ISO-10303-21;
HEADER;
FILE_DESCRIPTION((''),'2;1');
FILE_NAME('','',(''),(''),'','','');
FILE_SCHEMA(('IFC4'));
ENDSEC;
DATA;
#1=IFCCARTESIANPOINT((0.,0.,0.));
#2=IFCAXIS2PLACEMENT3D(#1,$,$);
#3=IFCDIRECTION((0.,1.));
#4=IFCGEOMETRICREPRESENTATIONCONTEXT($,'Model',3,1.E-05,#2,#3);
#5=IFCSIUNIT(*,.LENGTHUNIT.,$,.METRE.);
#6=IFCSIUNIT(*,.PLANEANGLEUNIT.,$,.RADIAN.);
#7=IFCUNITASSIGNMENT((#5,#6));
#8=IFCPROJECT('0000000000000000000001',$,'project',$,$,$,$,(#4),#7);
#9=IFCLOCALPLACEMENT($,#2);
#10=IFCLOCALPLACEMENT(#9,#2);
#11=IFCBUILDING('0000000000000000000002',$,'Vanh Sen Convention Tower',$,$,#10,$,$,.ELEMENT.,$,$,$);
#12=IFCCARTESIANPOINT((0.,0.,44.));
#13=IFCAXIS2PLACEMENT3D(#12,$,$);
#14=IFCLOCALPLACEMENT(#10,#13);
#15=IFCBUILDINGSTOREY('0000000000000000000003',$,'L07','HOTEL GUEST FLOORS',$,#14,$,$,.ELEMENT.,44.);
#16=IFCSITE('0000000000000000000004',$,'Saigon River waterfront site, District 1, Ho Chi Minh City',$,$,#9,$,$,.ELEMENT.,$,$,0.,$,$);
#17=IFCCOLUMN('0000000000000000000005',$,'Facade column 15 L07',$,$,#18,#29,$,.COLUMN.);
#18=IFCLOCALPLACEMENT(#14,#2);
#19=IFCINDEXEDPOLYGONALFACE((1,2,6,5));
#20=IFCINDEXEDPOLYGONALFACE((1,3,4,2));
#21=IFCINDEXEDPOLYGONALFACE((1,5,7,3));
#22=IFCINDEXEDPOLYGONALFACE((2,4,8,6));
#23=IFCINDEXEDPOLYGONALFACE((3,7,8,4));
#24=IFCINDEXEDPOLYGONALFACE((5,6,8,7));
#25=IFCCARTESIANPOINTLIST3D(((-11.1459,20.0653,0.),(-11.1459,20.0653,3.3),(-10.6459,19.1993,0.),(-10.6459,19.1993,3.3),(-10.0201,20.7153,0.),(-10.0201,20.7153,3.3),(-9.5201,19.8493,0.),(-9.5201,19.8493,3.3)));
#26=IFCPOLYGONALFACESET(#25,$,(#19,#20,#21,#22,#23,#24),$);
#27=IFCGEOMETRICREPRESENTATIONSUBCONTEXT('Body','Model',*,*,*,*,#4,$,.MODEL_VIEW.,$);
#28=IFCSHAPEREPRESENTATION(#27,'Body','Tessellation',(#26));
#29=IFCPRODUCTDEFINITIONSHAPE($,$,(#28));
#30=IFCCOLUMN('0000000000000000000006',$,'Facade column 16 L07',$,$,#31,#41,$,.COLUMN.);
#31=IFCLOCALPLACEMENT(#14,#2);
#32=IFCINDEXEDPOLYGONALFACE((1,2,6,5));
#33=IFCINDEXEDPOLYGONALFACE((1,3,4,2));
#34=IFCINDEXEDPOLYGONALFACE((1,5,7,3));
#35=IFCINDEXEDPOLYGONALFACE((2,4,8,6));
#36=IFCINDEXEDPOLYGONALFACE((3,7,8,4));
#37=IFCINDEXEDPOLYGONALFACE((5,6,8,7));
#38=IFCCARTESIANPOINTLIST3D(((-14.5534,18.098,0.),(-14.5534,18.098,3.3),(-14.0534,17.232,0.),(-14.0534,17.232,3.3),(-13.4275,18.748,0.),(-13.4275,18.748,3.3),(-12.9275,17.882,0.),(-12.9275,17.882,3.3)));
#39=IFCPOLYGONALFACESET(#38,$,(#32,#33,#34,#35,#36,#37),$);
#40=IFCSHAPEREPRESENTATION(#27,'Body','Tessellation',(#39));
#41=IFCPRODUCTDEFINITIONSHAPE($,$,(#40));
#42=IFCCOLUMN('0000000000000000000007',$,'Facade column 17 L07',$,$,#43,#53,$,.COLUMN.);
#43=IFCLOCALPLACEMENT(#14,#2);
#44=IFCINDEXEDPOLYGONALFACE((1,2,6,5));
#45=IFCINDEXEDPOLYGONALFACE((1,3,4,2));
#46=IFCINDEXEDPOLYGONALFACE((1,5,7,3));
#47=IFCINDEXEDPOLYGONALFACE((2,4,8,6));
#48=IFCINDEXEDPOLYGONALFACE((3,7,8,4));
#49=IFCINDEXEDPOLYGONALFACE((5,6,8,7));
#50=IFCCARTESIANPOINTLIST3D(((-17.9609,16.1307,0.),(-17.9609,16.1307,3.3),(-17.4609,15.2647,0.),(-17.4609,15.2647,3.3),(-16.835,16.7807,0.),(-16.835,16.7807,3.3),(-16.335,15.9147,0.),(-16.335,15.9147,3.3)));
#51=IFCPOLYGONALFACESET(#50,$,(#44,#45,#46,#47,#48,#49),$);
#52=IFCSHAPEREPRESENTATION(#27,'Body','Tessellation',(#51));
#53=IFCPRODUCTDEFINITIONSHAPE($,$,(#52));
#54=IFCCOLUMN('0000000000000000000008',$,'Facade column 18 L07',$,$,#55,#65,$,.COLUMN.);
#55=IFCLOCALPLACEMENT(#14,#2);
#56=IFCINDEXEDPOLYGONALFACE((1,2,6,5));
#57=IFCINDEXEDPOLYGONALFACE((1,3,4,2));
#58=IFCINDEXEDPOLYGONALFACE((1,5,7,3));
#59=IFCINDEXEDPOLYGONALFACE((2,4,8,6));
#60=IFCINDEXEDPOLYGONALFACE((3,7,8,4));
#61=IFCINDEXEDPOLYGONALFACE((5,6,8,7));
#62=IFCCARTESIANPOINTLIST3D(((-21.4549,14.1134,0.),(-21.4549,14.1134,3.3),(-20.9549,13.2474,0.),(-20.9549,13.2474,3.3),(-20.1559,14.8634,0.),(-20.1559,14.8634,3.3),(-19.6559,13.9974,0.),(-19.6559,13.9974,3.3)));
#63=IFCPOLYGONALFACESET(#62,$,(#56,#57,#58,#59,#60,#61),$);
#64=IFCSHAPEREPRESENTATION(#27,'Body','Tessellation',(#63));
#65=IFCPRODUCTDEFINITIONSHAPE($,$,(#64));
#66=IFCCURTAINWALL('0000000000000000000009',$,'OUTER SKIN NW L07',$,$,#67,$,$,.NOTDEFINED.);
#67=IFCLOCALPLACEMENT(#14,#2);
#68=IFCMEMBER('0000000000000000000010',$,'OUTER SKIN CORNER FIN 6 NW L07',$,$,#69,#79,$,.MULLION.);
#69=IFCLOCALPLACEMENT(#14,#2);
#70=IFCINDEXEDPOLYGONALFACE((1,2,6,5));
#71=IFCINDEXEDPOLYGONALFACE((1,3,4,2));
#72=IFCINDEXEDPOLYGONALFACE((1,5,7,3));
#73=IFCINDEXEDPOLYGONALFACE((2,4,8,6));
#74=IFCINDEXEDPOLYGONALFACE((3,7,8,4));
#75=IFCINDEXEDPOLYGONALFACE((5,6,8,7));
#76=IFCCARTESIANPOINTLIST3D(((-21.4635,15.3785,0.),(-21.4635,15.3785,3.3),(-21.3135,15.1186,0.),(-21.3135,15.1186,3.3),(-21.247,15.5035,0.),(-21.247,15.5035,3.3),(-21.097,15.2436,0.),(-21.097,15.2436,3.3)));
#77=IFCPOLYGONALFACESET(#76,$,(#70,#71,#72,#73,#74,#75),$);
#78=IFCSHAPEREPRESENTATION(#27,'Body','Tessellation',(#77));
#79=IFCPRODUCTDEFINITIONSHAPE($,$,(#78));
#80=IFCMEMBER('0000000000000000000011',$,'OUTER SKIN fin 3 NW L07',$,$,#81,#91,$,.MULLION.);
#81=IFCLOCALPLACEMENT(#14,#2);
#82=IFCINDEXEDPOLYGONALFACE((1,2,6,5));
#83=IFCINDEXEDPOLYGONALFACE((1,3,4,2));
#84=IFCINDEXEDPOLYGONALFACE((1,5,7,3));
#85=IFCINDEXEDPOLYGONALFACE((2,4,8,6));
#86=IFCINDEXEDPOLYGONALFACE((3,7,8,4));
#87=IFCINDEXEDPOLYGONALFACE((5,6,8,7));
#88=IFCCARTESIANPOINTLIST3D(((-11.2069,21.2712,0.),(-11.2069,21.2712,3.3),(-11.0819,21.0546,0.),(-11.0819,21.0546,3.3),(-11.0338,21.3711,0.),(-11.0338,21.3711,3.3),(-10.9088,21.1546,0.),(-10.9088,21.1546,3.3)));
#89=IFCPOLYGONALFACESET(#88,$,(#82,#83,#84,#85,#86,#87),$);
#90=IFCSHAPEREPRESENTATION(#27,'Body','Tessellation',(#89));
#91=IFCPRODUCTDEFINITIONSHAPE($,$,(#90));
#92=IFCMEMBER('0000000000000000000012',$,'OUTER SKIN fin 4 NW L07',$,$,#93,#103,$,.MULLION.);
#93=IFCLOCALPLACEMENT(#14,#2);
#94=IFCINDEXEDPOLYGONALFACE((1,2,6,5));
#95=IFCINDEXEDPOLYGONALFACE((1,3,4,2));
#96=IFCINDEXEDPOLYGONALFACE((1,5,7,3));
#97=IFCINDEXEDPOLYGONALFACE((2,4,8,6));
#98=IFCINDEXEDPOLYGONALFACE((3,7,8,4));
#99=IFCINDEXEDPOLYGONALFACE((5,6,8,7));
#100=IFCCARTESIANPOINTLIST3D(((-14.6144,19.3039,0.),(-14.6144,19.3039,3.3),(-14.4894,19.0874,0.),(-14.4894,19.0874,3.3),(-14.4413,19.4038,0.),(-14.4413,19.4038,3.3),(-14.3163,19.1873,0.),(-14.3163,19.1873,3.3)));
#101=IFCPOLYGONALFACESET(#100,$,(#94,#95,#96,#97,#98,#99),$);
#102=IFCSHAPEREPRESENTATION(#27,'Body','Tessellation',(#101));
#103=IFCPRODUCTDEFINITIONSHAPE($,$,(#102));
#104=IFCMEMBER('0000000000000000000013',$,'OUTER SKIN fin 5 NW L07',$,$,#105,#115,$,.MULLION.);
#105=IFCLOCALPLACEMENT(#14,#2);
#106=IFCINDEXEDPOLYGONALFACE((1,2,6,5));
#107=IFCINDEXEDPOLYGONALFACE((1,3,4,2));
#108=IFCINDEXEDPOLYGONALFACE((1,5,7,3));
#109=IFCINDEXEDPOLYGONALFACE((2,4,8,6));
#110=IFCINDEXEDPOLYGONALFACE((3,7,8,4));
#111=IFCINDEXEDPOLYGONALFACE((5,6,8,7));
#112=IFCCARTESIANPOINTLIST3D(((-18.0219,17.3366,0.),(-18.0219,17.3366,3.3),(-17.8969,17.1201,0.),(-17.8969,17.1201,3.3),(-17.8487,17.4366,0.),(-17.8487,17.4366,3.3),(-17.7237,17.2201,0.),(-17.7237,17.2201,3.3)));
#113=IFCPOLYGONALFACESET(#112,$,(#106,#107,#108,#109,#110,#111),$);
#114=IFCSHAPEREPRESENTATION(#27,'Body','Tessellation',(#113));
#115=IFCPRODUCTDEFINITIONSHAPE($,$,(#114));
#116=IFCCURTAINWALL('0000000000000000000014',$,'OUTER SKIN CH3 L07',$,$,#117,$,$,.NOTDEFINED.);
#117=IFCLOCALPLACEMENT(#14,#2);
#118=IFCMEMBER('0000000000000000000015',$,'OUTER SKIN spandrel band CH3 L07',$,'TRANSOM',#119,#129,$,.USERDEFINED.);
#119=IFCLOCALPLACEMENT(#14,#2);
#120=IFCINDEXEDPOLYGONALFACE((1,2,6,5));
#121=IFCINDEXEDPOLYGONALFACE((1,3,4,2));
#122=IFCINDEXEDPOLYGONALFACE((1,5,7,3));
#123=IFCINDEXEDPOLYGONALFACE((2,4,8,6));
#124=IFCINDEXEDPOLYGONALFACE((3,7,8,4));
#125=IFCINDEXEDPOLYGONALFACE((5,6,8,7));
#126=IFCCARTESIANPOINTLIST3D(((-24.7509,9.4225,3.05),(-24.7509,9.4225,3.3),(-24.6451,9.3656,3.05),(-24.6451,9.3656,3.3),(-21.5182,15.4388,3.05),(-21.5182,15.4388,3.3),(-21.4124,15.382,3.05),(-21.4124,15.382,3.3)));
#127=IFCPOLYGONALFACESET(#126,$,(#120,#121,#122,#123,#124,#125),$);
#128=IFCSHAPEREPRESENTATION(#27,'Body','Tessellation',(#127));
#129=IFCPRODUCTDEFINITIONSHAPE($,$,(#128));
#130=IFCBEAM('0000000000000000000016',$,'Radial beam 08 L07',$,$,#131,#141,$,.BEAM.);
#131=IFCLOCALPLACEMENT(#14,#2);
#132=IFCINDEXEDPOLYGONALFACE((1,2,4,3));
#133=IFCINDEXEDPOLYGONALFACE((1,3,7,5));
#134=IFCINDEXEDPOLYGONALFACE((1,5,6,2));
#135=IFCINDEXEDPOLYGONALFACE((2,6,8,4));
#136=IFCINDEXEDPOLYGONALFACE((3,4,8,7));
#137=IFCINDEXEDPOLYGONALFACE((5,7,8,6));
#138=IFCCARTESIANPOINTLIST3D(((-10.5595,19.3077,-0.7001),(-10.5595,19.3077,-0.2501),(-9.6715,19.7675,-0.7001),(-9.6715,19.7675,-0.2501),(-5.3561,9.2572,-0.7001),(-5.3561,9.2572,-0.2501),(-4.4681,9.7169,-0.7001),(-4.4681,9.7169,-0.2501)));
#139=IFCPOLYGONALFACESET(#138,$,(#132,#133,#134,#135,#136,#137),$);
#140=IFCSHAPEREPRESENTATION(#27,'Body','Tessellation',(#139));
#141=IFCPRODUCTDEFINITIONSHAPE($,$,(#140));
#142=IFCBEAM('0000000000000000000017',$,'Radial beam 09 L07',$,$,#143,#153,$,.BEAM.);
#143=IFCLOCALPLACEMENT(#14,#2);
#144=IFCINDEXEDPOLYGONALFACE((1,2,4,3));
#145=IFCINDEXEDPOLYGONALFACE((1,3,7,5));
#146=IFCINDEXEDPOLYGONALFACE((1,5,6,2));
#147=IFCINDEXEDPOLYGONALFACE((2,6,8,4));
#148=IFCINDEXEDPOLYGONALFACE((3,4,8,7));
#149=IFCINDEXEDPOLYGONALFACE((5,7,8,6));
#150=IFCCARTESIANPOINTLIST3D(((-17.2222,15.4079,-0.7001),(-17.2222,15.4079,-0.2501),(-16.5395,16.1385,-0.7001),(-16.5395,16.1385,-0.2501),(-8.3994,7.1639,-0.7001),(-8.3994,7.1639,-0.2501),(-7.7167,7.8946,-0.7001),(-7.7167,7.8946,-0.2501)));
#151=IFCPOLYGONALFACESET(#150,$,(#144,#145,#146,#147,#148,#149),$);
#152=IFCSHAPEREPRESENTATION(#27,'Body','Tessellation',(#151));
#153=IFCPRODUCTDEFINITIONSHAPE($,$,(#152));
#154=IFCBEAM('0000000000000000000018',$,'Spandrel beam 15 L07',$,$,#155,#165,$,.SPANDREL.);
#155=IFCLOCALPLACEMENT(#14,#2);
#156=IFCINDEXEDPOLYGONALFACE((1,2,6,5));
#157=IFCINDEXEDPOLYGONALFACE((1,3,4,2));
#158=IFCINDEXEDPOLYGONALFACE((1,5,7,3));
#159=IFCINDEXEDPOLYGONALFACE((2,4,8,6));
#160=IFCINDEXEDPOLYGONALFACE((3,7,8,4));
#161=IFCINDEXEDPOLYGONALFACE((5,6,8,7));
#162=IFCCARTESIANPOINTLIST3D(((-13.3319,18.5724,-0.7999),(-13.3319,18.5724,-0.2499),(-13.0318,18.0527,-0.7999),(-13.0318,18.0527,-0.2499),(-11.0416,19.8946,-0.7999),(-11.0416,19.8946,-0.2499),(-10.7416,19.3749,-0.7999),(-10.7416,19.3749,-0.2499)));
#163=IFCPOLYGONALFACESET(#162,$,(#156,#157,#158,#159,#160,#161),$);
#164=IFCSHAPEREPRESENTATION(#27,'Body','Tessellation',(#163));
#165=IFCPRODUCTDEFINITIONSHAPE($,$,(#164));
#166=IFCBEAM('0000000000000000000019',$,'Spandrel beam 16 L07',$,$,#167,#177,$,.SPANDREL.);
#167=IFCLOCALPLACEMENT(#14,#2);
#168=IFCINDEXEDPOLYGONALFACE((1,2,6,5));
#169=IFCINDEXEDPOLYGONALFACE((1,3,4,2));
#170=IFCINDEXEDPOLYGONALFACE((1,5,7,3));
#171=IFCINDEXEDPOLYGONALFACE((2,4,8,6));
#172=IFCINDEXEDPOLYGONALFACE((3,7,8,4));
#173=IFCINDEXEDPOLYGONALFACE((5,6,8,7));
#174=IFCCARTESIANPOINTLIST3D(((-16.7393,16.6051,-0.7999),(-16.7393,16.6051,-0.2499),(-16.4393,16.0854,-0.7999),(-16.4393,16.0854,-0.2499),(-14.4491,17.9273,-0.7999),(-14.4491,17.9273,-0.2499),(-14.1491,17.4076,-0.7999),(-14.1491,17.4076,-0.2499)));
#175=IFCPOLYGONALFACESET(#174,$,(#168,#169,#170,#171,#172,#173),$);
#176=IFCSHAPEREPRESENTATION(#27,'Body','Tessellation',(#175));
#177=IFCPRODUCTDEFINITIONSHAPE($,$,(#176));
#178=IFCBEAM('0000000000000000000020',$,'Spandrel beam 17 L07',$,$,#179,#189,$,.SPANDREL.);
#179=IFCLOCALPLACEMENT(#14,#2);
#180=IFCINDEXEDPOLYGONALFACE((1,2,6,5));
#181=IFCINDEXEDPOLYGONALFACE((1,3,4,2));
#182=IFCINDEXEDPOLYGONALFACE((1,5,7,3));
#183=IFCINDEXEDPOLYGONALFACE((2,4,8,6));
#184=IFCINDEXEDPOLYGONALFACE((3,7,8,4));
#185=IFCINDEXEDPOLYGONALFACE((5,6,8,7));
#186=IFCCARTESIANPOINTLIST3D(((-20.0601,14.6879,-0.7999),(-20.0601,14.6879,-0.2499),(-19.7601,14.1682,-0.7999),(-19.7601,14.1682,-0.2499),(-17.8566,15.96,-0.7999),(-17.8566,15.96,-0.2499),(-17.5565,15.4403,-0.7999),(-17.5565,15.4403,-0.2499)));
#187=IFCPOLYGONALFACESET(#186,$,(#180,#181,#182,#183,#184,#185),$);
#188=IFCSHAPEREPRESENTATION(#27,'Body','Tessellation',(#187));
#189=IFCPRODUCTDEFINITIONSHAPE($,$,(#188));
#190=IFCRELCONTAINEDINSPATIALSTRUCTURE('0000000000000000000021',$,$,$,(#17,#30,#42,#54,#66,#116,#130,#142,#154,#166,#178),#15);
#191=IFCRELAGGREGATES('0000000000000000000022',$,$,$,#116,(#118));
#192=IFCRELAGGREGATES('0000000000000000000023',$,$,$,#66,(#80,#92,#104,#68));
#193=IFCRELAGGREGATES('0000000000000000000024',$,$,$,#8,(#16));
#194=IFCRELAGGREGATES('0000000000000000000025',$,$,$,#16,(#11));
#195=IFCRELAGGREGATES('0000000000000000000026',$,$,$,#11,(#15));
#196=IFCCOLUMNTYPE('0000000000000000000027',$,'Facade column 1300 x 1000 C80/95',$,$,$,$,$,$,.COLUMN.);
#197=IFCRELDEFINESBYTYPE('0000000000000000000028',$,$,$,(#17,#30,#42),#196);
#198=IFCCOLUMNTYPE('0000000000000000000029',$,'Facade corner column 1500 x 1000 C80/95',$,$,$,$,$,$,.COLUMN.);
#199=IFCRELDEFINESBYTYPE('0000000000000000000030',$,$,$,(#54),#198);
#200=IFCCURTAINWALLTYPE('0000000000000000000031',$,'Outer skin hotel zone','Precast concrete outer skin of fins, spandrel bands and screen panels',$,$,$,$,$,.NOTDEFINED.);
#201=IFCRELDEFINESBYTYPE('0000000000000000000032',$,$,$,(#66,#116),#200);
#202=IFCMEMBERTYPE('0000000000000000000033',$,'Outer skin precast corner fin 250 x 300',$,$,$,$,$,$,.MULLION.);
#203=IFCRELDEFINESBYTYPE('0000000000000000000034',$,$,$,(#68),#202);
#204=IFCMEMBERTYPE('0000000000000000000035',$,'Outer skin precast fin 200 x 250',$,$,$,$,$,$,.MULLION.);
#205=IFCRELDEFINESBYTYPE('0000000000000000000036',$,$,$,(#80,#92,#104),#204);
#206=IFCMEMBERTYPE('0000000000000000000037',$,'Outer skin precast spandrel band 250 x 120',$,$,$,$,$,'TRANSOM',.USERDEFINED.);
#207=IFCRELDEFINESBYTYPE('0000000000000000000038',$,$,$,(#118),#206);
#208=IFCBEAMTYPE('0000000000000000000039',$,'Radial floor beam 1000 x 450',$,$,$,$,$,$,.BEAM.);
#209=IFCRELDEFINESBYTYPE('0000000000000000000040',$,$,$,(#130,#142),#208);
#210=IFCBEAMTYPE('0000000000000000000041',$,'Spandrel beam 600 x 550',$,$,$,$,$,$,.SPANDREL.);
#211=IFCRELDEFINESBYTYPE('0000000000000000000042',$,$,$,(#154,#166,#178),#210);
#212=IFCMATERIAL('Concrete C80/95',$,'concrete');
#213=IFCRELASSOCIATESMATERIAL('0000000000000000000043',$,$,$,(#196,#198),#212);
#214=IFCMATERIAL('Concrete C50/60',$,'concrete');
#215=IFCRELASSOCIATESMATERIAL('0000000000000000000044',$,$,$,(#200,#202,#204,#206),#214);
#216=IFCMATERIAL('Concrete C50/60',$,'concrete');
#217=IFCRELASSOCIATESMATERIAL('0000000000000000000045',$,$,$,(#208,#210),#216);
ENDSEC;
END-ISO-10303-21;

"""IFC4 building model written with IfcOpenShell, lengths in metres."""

from ifc_helpers import new_model, si_unit, direction, frame, origin, origin_2d, place, context, subcontext, project, spatial, rectangle, extrude, material, material_profile, profile_set, type_object, element, aggregate, save


model = new_model("IFC4")

# Units and contexts
model_context = context("Model", 3, precision=1e-05, world=origin(), true_north=direction((0.0, 1.0)))
body_context = subcontext(model_context, "Body", "Model", "MODEL_VIEW")
ifc_project = project(units=[si_unit("LENGTHUNIT", "METRE"), si_unit("PLANEANGLEUNIT", "RADIAN")], contexts=[model_context])

# Site, building, storey
site_placement = place(None, origin())
site = spatial("IfcSite", under=ifc_project, at=site_placement, Name="Saigon River waterfront site, District 1, Ho Chi Minh City", CompositionType="ELEMENT", RefElevation=0.0)
building_placement = place(site_placement, origin())
building = spatial("IfcBuilding", under=site, at=building_placement, Name="Vanh Sen Convention Tower", CompositionType="ELEMENT")
storey_placement = place(building_placement, frame((0.0, 0.0, 44.0)))
storey = spatial("IfcBuildingStorey", under=building, at=storey_placement, Name="L07", Description="HOTEL GUEST FLOORS", CompositionType="ELEMENT", Elevation=44.0)

# Columns
ifc_material_1 = material(Name="Concrete C80/95", Category="concrete")
ifc_material_profile_1 = material_profile(ifc_material_1, rectangle(XDim=1.3, YDim=1.0, at=origin_2d()), Name="RC 1300X1000")
ifc_profile_set_1 = profile_set([ifc_material_profile_1], Name="Concrete C80/95")
column_type_1 = type_object("IfcColumnType", Name="Facade column 1300 x 1000 C80/95", PredefinedType="COLUMN", material=ifc_profile_set_1)
for number, where, z_axis, x_axis, name in (
    (1, (-10.333, 19.9573, 0.0), (0.0, 0.0, 1.0), (-0.866025, -0.5, 0.0), "Facade column 15 L07"),
    (2, (-13.7405, 17.99, 0.0), (0.0, 0.0, 1.0), (-0.866025, -0.5, 0.0), "Facade column 16 L07"),
    (3, (-17.1479, 16.0227, 0.0), (0.0, 0.0, 1.0), (-0.866025, -0.5, 0.0), "Facade column 17 L07"),
):
    element("IfcColumn", number, at=place(storey_placement, frame(where, z_axis=z_axis, x_axis=x_axis)), inside=storey, type_object=column_type_1, Name=name, PredefinedType="COLUMN", context=body_context, shape_type="SweptSolid", body=[
        extrude(rectangle(XDim=1.3, YDim=1.0, at=origin_2d()), origin(), (0.0, 0.0, 1.0), 3.3),
    ])
ifc_material_profile_2 = material_profile(ifc_material_1, rectangle(XDim=1.5, YDim=1.0, at=origin_2d()), Name="RC 1500X1000")
ifc_profile_set_2 = profile_set([ifc_material_profile_2], Name="Concrete C80/95")
column_type_2 = type_object("IfcColumnType", Name="Facade corner column 1500 x 1000 C80/95", PredefinedType="COLUMN", material=ifc_profile_set_2)
column_placement = place(storey_placement, frame((-20.5554, 14.0554, 0.0), z_axis=(0.0, 0.0, 1.0), x_axis=(-0.866025, -0.5, 0.0)))
element("IfcColumn", 4, at=column_placement, inside=storey, type_object=column_type_2, Name="Facade column 18 L07", PredefinedType="COLUMN", context=body_context, shape_type="SweptSolid", body=[
    extrude(rectangle(XDim=1.5, YDim=1.0, at=origin_2d()), origin(), (0.0, 0.0, 1.0), 3.3),
])

# Curtain wall, members
ifc_material_2 = material(Name="Concrete C50/60", Category="concrete")
curtain_wall_type = type_object("IfcCurtainWallType", Name="Outer skin hotel zone", Description="Precast concrete outer skin of fins, spandrel bands and screen panels", PredefinedType="NOTDEFINED", material=ifc_material_2)
curtain_wall_1_placement = place(storey_placement, origin())
curtain_wall_1 = element("IfcCurtainWall", 5, at=curtain_wall_1_placement, inside=storey, type_object=curtain_wall_type, Name="OUTER SKIN NW L07", PredefinedType="NOTDEFINED")
ifc_material_profile_3 = material_profile(ifc_material_2, rectangle(XDim=0.25, YDim=0.3, at=origin_2d()), Name="Outer skin precast corner fin 250 x 300")
ifc_profile_set_3 = profile_set([ifc_material_profile_3], Name="Concrete C50/60")
member_type_1 = type_object("IfcMemberType", Name="Outer skin precast corner fin 250 x 300", PredefinedType="MULLION", material=ifc_profile_set_3)
member_1_placement = place(storey_placement, frame((-21.2803, 15.311, 0.0), z_axis=(0.0, 0.0, 1.0), x_axis=(-0.866025, -0.5, 0.0)))
member_1 = element("IfcMember", 6, at=member_1_placement, type_object=member_type_1, Name="OUTER SKIN CORNER FIN 6 NW L07", PredefinedType="MULLION", context=body_context, shape_type="SweptSolid", body=[
    extrude(rectangle(XDim=0.25, YDim=0.3, at=origin_2d()), origin(), (0.0, 0.0, 1.0), 3.3),
])
ifc_material_profile_4 = material_profile(ifc_material_2, rectangle(XDim=0.2, YDim=0.25, at=origin_2d()), Name="Outer skin precast fin 200 x 250")
ifc_profile_set_4 = profile_set([ifc_material_profile_4], Name="Concrete C50/60")
member_type_2 = type_object("IfcMemberType", Name="Outer skin precast fin 200 x 250", PredefinedType="MULLION", material=ifc_profile_set_4)
member_2_placement = place(storey_placement, frame((-11.0579, 21.2129, 0.0), z_axis=(0.0, 0.0, 1.0), x_axis=(-0.866025, -0.5, 0.0)))
member_2 = element("IfcMember", 7, at=member_2_placement, type_object=member_type_2, Name="OUTER SKIN fin 3 NW L07", PredefinedType="MULLION", context=body_context, shape_type="SweptSolid", body=[
    extrude(rectangle(XDim=0.2, YDim=0.25, at=origin_2d()), origin(), (0.0, 0.0, 1.0), 3.3),
])
member_3_placement = place(storey_placement, frame((-14.4653, 19.2456, 0.0), z_axis=(0.0, 0.0, 1.0), x_axis=(-0.866025, -0.5, 0.0)))
member_3 = element("IfcMember", 8, at=member_3_placement, type_object=member_type_2, Name="OUTER SKIN fin 4 NW L07", PredefinedType="MULLION", context=body_context, shape_type="SweptSolid", body=[
    extrude(rectangle(XDim=0.2, YDim=0.25, at=origin_2d()), origin(), (0.0, 0.0, 1.0), 3.3),
])
member_4_placement = place(storey_placement, frame((-17.8728, 17.2783, 0.0), z_axis=(0.0, 0.0, 1.0), x_axis=(-0.866025, -0.5, 0.0)))
member_4 = element("IfcMember", 9, at=member_4_placement, type_object=member_type_2, Name="OUTER SKIN fin 5 NW L07", PredefinedType="MULLION", context=body_context, shape_type="SweptSolid", body=[
    extrude(rectangle(XDim=0.2, YDim=0.25, at=origin_2d()), origin(), (0.0, 0.0, 1.0), 3.3),
])

# Curtain wall, member
curtain_wall_2_placement = place(storey_placement, origin())
curtain_wall_2 = element("IfcCurtainWall", 10, at=curtain_wall_2_placement, inside=storey, type_object=curtain_wall_type, Name="OUTER SKIN CH3 L07", PredefinedType="NOTDEFINED")
ifc_material_profile_5 = material_profile(ifc_material_2, rectangle(XDim=0.1201, YDim=0.25, at=origin_2d()), Name="Outer skin precast spandrel band 250 x 120")
ifc_profile_set_5 = profile_set([ifc_material_profile_5], Name="Concrete C50/60")
member_type_3 = type_object("IfcMemberType", Name="Outer skin precast spandrel band 250 x 120", ElementType="TRANSOM", PredefinedType="USERDEFINED", material=ifc_profile_set_5)
member_5_placement = place(storey_placement, frame((-21.4653, 15.4104, 3.175), z_axis=(-0.473315, -0.880893, 0.0), x_axis=(0.880893, -0.473315, 0.0)))
member_5 = element("IfcMember", 11, at=member_5_placement, type_object=member_type_3, Name="OUTER SKIN spandrel band CH3 L07", ObjectType="TRANSOM", PredefinedType="USERDEFINED", context=body_context, shape_type="SweptSolid", body=[
    extrude(rectangle(XDim=0.1201, YDim=0.25, at=origin_2d()), origin(), (0.0, 0.0, 1.0), 6.8298),
])
aggregate(curtain_wall_2, [member_5])

# Beams
ifc_material_3 = material(Name="Concrete C50/60", Category="concrete")
ifc_material_profile_6 = material_profile(ifc_material_3, rectangle(XDim=1.0, YDim=0.45, at=origin_2d()), Name="RC 1000X450")
ifc_profile_set_6 = profile_set([ifc_material_profile_6], Name="Concrete C50/60")
beam_type_1 = type_object("IfcBeamType", Name="Radial floor beam 1000 x 450", PredefinedType="BEAM", material=ifc_profile_set_6)
beam_1_placement = place(storey_placement, frame((-10.1155, 19.5376, -0.4751), z_axis=(0.459759, -0.888044, 0.0), x_axis=(0.888044, 0.459759, 0.0)))
element("IfcBeam", 12, at=beam_1_placement, inside=storey, type_object=beam_type_1, Name="Radial beam 08 L07", PredefinedType="BEAM", context=body_context, shape_type="SweptSolid", body=[
    extrude(rectangle(XDim=1.0, YDim=0.45, at=origin_2d()), origin(), (0.0, 0.0, 1.0), 11.3176),
])
beam_2_placement = place(storey_placement, frame((-16.8809, 15.7732, -0.4751), z_axis=(0.73067, -0.682731, 0.0), x_axis=(0.682731, 0.73067, 0.0)))
element("IfcBeam", 13, at=beam_2_placement, inside=storey, type_object=beam_type_1, Name="Radial beam 09 L07", PredefinedType="BEAM", context=body_context, shape_type="SweptSolid", body=[
    extrude(rectangle(XDim=1.0, YDim=0.45, at=origin_2d()), origin(), (0.0, 0.0, 1.0), 12.075),
])
ifc_material_profile_7 = material_profile(ifc_material_3, rectangle(XDim=0.6001, YDim=0.55, at=origin_2d()), Name="RC 600X550")
ifc_profile_set_7 = profile_set([ifc_material_profile_7], Name="Concrete C50/60")
beam_type_2 = type_object("IfcBeamType", Name="Spandrel beam 600 x 550", PredefinedType="SPANDREL", material=ifc_profile_set_7)
for number, where, z_axis, x_axis, name in (
    (14, (-10.8916, 19.6348, -0.5249), (-0.86603, -0.499991, 0.0), (0.499991, -0.86603, 0.0), "Spandrel beam 15 L07"),
    (15, (-14.2991, 17.6675, -0.5249), (-0.86603, -0.499991, 0.0), (0.499991, -0.86603, 0.0), "Spandrel beam 16 L07"),
):
    element("IfcBeam", number, at=place(storey_placement, frame(where, z_axis=z_axis, x_axis=x_axis)), inside=storey, type_object=beam_type_2, Name=name, PredefinedType="SPANDREL", context=body_context, shape_type="SweptSolid", body=[
        extrude(rectangle(XDim=0.6001, YDim=0.55, at=origin_2d()), origin(), (0.0, 0.0, 1.0), 2.6445),
    ])
beam_3_placement = place(storey_placement, frame((-17.7065, 15.7002, -0.5249), z_axis=(-0.866032, -0.499988, 0.0), x_axis=(0.499988, -0.866032, 0.0)))
element("IfcBeam", 16, at=beam_3_placement, inside=storey, type_object=beam_type_2, Name="Spandrel beam 17 L07", PredefinedType="SPANDREL", context=body_context, shape_type="SweptSolid", body=[
    extrude(rectangle(XDim=0.6001, YDim=0.55, at=origin_2d()), origin(), (0.0, 0.0, 1.0), 2.5444),
])

aggregate(curtain_wall_1, [member_2, member_3, member_4, member_1])

save(model, "model.ifc")
